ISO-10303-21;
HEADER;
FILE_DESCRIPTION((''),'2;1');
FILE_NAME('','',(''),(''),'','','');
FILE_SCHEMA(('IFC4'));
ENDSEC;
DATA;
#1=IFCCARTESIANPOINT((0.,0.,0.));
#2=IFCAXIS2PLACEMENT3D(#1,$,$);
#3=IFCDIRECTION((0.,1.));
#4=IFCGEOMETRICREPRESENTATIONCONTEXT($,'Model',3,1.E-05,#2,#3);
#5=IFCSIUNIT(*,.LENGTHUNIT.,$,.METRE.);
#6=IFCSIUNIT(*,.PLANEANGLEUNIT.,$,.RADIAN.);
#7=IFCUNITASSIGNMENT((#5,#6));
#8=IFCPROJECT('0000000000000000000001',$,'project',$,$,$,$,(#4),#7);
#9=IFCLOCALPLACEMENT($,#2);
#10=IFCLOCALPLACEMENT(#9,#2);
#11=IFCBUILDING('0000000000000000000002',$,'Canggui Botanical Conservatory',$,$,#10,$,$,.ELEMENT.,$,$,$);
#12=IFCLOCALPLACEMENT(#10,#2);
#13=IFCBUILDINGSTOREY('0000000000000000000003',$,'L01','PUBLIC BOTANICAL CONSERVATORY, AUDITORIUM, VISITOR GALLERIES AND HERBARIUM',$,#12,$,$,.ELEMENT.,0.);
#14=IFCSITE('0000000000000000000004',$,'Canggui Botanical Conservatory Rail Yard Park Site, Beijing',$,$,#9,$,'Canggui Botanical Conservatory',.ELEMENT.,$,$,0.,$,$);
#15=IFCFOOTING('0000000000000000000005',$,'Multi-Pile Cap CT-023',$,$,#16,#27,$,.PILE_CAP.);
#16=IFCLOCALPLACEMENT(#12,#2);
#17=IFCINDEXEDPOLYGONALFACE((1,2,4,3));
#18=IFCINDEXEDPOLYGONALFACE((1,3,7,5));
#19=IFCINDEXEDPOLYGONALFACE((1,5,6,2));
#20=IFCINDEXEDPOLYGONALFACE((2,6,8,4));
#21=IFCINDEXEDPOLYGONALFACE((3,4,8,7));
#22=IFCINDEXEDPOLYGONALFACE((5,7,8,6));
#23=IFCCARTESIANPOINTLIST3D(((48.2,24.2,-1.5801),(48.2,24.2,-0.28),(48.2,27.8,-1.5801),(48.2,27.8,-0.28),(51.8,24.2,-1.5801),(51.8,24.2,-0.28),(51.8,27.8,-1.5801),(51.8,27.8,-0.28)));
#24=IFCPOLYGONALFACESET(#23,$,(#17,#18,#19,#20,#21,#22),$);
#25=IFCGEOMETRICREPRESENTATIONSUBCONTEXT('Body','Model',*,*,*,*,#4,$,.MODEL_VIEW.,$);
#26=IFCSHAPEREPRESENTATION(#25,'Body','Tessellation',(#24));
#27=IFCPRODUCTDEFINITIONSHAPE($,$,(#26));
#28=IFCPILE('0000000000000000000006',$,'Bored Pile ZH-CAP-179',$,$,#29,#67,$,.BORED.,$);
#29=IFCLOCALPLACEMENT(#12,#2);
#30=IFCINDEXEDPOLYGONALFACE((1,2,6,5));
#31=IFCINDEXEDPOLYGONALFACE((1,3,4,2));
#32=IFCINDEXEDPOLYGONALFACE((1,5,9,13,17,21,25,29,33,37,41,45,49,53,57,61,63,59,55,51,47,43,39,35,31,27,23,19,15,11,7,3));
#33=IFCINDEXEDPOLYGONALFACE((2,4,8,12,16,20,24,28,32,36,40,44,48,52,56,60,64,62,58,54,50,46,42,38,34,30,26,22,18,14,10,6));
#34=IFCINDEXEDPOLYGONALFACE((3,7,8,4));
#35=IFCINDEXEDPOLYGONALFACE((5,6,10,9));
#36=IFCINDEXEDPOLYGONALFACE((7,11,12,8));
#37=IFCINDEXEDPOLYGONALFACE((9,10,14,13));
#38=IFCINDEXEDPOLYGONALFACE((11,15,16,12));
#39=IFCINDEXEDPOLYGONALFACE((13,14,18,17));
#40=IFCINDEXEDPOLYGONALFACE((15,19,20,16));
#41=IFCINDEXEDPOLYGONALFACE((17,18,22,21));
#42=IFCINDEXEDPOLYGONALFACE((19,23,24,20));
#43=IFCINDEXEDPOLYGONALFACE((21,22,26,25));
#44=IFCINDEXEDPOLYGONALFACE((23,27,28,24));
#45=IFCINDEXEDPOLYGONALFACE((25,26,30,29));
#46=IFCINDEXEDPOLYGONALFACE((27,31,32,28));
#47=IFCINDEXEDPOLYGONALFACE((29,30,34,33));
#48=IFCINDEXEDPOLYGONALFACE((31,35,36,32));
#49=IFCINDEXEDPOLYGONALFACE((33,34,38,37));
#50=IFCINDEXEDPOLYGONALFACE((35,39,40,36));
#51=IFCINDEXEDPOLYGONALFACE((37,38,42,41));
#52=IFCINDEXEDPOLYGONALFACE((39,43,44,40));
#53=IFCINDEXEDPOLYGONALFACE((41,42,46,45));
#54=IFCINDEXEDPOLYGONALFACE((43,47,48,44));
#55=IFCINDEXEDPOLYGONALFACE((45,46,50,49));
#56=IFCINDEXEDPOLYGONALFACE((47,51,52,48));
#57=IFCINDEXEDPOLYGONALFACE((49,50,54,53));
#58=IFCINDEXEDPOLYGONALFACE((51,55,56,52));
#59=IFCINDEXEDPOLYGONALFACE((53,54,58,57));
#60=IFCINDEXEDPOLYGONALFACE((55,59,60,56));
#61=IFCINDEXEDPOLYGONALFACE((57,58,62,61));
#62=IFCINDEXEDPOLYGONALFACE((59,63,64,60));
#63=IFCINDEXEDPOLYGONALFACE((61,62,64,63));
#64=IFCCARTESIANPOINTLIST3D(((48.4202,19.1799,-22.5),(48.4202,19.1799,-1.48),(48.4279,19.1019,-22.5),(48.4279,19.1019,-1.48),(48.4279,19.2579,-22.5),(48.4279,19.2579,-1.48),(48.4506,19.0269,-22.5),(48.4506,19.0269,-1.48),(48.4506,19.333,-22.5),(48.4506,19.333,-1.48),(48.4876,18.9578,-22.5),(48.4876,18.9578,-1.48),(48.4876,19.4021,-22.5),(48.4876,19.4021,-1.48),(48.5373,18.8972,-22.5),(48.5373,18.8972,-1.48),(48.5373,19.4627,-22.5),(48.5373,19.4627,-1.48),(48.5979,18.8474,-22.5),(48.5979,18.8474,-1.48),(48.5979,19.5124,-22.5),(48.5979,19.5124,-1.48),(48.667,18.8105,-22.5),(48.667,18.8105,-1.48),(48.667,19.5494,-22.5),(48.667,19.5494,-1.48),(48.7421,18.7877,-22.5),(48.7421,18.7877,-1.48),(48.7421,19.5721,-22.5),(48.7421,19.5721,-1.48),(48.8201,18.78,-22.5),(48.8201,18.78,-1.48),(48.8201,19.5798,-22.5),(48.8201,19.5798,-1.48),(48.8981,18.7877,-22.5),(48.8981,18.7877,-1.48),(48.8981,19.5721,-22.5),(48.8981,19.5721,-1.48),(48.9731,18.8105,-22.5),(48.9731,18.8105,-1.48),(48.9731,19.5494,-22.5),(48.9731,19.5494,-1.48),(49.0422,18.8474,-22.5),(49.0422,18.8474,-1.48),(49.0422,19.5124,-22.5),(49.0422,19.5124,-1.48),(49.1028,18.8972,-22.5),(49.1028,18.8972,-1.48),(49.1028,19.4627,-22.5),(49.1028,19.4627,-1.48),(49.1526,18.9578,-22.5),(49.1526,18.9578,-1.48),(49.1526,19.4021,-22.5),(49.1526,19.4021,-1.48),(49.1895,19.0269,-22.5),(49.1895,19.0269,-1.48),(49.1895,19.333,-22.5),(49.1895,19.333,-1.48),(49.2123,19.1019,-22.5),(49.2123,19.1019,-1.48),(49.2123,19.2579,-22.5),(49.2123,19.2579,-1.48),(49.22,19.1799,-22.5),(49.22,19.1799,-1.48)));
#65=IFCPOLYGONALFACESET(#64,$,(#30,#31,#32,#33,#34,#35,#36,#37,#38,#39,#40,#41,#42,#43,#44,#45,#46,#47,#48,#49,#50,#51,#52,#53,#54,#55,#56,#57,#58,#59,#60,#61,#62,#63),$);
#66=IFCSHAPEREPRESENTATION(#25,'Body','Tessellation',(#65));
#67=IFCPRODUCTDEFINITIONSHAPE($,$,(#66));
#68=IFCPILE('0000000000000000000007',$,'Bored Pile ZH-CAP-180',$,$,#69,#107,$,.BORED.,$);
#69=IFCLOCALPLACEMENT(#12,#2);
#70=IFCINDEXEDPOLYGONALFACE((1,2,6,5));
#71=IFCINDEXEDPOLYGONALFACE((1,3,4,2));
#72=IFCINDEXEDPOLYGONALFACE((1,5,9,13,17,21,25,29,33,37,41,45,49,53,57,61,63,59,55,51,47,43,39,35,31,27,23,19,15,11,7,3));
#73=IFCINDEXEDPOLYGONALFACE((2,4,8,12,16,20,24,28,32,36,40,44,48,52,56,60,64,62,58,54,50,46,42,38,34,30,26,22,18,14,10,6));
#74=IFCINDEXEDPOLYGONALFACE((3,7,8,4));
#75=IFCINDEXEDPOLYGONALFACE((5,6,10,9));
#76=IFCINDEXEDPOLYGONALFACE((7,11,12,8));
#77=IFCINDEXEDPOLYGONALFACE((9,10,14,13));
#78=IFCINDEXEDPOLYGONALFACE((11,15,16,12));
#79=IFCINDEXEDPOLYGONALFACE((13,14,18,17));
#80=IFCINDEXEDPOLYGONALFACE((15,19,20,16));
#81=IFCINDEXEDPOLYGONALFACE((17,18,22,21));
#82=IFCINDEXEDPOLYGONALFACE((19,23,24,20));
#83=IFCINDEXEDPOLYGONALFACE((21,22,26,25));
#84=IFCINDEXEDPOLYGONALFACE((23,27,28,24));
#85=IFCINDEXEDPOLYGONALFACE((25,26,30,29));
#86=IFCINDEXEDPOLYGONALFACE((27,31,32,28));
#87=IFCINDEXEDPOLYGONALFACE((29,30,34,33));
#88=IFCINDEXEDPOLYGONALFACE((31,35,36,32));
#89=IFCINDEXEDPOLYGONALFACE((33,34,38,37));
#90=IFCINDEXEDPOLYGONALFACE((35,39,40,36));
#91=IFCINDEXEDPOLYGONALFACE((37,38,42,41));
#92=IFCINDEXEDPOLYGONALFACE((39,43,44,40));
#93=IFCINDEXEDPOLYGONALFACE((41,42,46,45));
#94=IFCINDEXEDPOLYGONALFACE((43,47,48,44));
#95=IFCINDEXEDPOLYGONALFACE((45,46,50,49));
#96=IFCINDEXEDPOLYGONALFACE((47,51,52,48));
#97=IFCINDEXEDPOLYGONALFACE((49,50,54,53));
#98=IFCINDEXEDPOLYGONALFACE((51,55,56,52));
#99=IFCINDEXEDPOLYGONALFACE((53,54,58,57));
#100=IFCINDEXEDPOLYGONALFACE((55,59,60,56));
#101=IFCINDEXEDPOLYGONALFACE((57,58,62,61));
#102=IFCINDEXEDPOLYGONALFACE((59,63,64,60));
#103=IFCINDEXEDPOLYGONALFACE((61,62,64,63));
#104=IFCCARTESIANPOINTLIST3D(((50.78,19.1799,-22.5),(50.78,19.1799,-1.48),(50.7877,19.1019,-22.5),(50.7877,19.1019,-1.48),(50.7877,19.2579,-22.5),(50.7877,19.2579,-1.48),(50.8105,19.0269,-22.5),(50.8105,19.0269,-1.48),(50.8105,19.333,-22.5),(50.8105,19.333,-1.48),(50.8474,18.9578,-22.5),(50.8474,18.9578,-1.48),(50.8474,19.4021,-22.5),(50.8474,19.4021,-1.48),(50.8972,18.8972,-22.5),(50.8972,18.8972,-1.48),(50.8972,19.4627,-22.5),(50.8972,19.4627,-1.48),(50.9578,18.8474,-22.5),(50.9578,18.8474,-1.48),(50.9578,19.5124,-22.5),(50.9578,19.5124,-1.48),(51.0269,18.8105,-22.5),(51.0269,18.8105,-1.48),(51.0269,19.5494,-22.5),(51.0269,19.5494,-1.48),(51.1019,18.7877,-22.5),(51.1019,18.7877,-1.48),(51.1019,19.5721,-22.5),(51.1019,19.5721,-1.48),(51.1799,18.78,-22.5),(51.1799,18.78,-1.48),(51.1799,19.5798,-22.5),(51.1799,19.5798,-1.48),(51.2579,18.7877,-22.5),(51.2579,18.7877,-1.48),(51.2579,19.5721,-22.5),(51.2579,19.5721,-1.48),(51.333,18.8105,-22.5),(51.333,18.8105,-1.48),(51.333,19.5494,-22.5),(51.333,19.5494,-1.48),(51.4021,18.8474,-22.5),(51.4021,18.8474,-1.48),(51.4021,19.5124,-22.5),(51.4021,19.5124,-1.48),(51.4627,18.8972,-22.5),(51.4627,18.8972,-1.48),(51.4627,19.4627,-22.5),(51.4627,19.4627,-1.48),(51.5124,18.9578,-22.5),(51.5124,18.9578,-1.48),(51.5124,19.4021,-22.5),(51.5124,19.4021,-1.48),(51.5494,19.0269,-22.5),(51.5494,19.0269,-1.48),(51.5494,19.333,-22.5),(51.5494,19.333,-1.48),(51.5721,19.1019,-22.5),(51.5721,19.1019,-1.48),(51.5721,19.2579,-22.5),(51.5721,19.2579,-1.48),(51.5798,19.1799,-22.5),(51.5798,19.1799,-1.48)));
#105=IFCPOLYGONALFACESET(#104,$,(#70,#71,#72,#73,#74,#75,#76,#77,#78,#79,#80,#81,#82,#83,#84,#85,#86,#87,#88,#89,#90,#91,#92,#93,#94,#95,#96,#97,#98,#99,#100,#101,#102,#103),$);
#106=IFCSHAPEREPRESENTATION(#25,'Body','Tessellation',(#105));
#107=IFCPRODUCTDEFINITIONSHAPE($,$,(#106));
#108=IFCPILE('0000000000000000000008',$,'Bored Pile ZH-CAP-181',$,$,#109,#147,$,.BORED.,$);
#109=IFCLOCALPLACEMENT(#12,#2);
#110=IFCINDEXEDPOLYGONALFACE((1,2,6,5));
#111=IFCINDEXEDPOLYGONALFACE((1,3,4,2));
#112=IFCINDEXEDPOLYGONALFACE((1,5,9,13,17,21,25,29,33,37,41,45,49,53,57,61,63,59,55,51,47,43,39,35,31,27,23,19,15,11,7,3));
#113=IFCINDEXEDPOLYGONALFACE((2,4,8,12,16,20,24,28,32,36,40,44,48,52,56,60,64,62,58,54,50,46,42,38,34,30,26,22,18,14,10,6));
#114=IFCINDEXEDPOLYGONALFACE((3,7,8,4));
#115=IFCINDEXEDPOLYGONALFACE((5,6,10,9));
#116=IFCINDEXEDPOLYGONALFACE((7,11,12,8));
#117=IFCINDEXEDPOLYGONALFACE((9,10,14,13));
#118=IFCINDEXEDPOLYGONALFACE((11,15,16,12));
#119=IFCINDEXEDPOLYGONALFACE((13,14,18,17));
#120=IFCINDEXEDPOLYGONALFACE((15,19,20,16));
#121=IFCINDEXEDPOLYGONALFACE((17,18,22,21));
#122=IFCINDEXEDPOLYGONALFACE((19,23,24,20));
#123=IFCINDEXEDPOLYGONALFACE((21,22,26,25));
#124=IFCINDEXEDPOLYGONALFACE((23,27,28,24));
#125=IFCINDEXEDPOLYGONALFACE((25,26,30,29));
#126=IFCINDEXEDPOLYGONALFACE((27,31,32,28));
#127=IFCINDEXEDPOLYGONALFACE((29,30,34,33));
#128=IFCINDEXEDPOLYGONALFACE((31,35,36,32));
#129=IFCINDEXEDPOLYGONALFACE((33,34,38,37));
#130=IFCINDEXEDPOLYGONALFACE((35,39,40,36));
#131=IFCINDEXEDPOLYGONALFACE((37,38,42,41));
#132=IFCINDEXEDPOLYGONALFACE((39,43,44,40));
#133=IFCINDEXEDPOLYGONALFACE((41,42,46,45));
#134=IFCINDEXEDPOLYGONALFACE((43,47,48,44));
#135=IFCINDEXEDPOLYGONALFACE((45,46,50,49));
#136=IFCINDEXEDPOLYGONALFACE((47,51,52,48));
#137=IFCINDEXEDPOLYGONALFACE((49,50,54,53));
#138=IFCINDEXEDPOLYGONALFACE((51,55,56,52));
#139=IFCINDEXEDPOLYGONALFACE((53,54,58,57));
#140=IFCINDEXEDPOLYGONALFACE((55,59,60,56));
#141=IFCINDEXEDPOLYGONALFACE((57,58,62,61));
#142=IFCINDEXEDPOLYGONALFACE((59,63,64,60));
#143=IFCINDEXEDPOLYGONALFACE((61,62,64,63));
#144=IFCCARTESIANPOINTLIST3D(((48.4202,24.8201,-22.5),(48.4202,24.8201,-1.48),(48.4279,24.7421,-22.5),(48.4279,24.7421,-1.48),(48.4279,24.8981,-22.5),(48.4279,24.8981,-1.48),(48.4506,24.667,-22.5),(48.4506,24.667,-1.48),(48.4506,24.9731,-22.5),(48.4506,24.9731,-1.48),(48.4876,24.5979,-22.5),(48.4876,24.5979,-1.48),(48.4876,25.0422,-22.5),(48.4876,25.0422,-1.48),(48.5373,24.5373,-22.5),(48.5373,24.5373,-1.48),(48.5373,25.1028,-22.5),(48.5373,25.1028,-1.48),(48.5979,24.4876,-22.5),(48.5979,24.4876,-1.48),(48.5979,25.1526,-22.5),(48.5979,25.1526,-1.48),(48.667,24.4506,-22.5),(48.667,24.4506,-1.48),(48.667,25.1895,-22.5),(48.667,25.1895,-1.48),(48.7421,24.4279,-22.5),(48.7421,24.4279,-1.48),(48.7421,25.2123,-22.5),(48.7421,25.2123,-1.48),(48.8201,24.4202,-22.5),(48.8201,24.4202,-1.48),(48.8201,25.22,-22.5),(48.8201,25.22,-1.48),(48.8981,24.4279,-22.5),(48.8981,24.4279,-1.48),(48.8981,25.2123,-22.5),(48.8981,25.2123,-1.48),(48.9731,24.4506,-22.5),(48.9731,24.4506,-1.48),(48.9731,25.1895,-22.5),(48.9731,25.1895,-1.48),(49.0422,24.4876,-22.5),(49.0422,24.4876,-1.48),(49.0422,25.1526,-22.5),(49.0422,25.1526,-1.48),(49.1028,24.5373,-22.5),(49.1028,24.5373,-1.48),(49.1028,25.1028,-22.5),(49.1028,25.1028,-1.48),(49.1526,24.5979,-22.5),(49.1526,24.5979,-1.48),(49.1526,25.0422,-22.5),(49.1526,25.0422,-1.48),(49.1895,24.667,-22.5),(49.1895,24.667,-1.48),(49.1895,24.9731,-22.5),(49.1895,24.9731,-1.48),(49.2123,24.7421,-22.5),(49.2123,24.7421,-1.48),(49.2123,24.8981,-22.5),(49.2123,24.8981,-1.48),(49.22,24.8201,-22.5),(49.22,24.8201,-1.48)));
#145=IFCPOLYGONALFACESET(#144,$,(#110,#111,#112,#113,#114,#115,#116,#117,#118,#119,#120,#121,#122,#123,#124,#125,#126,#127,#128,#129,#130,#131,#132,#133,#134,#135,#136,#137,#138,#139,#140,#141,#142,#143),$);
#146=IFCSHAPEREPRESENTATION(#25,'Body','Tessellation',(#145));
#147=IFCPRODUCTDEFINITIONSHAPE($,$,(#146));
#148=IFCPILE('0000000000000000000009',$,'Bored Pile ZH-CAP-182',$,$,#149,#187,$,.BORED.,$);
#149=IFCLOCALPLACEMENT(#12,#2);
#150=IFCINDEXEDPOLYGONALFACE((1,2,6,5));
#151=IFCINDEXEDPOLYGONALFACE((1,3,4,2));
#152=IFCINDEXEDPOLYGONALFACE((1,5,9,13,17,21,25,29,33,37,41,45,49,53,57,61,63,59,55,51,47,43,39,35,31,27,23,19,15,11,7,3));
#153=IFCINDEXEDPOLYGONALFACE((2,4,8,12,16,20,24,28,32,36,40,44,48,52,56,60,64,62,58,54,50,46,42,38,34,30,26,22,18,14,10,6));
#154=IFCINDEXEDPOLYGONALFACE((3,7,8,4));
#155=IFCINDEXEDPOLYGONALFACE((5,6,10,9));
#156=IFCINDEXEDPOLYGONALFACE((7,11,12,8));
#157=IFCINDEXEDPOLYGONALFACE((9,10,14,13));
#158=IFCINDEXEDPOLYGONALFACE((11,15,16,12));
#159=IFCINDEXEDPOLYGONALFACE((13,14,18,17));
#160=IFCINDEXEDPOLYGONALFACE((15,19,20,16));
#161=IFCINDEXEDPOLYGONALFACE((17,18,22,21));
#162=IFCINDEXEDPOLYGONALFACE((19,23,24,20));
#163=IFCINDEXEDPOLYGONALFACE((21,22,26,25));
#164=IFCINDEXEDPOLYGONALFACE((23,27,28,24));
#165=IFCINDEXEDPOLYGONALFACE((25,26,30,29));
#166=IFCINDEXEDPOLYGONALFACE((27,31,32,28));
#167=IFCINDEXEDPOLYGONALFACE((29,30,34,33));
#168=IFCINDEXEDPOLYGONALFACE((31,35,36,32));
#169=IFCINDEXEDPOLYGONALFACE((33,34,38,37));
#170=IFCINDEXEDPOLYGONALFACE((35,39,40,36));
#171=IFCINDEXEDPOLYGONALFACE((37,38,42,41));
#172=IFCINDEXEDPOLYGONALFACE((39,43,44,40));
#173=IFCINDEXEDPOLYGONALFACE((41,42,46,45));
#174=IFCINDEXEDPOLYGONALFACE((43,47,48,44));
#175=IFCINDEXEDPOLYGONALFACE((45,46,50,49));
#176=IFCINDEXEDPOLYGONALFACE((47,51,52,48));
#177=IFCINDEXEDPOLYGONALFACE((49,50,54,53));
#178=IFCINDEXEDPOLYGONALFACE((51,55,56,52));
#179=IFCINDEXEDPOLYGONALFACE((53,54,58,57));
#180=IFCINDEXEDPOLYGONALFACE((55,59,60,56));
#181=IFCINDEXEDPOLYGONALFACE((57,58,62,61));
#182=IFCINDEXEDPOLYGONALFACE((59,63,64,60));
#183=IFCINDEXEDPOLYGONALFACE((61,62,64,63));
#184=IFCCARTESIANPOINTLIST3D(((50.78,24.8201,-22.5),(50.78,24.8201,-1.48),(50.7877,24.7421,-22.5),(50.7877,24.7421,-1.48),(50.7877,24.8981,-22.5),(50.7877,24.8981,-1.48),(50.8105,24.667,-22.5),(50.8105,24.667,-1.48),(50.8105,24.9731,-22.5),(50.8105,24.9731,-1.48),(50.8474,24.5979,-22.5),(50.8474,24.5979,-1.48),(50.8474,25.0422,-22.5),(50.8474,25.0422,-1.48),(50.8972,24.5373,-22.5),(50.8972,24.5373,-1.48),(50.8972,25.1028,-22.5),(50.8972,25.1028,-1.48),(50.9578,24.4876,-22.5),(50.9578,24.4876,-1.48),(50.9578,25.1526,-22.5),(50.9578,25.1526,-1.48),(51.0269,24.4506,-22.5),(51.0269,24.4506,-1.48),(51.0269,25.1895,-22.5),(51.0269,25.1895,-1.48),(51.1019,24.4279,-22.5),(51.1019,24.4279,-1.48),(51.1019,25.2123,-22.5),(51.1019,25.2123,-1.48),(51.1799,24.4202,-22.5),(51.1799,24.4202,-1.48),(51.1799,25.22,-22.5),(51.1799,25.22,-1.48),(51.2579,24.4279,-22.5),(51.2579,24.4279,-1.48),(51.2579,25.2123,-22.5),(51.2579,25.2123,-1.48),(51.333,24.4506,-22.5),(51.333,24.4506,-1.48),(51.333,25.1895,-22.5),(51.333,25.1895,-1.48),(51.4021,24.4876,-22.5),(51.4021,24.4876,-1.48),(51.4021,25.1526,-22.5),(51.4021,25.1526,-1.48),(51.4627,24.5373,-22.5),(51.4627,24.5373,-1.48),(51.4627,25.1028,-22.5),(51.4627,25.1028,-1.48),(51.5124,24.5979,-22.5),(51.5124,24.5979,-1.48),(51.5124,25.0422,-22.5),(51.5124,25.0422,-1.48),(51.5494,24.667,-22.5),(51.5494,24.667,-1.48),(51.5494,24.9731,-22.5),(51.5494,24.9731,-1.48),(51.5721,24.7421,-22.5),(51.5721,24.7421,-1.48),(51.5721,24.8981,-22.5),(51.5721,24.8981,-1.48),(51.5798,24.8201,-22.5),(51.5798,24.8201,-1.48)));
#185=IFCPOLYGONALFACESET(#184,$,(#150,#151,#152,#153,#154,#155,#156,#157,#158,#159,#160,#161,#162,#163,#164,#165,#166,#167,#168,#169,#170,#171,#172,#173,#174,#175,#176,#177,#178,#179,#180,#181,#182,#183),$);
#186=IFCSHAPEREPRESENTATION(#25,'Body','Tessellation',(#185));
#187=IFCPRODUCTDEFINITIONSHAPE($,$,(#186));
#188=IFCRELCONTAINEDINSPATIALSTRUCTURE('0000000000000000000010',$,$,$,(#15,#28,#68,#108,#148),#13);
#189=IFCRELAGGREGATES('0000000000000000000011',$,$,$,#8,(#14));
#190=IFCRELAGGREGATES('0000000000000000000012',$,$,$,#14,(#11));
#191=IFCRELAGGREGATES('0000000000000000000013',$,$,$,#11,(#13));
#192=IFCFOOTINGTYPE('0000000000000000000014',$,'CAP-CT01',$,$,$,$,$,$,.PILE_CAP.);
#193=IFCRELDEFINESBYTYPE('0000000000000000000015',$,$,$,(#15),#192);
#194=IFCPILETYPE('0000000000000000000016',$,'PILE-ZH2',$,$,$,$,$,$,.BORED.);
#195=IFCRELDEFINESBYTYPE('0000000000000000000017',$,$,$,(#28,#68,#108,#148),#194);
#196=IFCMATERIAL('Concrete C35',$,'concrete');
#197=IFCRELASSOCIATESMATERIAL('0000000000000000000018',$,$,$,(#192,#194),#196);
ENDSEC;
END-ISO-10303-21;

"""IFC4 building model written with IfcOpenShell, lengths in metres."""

from ifc_helpers import new_model, si_unit, direction, frame, origin, origin_2d, place, context, subcontext, project, spatial, rectangle, circle, extrude, material, material_profile, profile_set, type_object, element, save


model = new_model("IFC4")

# Units and contexts
model_context = context("Model", 3, precision=1e-05, world=origin(), true_north=direction((0.0, 1.0)))
body_context = subcontext(model_context, "Body", "Model", "MODEL_VIEW")
ifc_project = project(units=[si_unit("LENGTHUNIT", "METRE"), si_unit("PLANEANGLEUNIT", "RADIAN")], contexts=[model_context])

# Site, building, storey
site_placement = place(None, origin())
site = spatial("IfcSite", under=ifc_project, at=site_placement, Name="Canggui Botanical Conservatory Rail Yard Park Site, Beijing", LongName="Canggui Botanical Conservatory", CompositionType="ELEMENT", RefElevation=0.0)
building_placement = place(site_placement, origin())
building = spatial("IfcBuilding", under=site, at=building_placement, Name="Canggui Botanical Conservatory", CompositionType="ELEMENT")
storey_placement = place(building_placement, origin())
storey = spatial("IfcBuildingStorey", under=building, at=storey_placement, Name="L01", Description="PUBLIC BOTANICAL CONSERVATORY, AUDITORIUM, VISITOR GALLERIES AND HERBARIUM", CompositionType="ELEMENT", Elevation=0.0)

# Footing
ifc_material_1 = material(Name="Concrete C35", Category="concrete")
footing_type = type_object("IfcFootingType", Name="CAP-CT01", PredefinedType="PILE_CAP", material=ifc_material_1)
footing_placement = place(storey_placement, frame((50.0, 26.0, -1.5801), z_axis=(0.0, 0.0, 1.0), x_axis=(1.0, 0.0, 0.0)))
element("IfcFooting", 1, at=footing_placement, inside=storey, type_object=footing_type, Name="Multi-Pile Cap CT-023", PredefinedType="PILE_CAP", context=body_context, shape_type="SweptSolid", body=[
    extrude(rectangle(XDim=3.6001, YDim=3.6001, at=origin_2d()), origin(), (0.0, 0.0, 1.0), 1.3),
])

# Piles
ifc_material_profile_1 = material_profile(ifc_material_1, circle(Radius=0.3999, at=origin_2d()), Name="PILE D800")
ifc_profile_set_1 = profile_set([ifc_material_profile_1], Name="Concrete C35")
pile_type = type_object("IfcPileType", Name="PILE-ZH2", PredefinedType="BORED", material=ifc_profile_set_1)
for number, where, z_axis, x_axis, name in (
    (2, (48.8201, 19.1799, -1.48), (0.0, 0.0, -1.0), (1.0, 0.0, 0.0), "Bored Pile ZH-CAP-179"),
    (3, (51.1799, 19.1799, -1.48), (0.0, 0.0, -1.0), (1.0, 0.0, 0.0), "Bored Pile ZH-CAP-180"),
    (4, (48.8201, 24.8201, -1.48), (0.0, 0.0, -1.0), (1.0, 0.0, 0.0), "Bored Pile ZH-CAP-181"),
    (5, (51.1799, 24.8201, -1.48), (0.0, 0.0, -1.0), (1.0, 0.0, 0.0), "Bored Pile ZH-CAP-182"),
):
    element("IfcPile", number, at=place(storey_placement, frame(where, z_axis=z_axis, x_axis=x_axis)), inside=storey, type_object=pile_type, Name=name, PredefinedType="BORED", context=body_context, shape_type="SweptSolid", body=[
        extrude(circle(Radius=0.3999, at=origin_2d()), origin(), (0.0, 0.0, 1.0), 21.02),
    ])

save(model, "model.ifc")
